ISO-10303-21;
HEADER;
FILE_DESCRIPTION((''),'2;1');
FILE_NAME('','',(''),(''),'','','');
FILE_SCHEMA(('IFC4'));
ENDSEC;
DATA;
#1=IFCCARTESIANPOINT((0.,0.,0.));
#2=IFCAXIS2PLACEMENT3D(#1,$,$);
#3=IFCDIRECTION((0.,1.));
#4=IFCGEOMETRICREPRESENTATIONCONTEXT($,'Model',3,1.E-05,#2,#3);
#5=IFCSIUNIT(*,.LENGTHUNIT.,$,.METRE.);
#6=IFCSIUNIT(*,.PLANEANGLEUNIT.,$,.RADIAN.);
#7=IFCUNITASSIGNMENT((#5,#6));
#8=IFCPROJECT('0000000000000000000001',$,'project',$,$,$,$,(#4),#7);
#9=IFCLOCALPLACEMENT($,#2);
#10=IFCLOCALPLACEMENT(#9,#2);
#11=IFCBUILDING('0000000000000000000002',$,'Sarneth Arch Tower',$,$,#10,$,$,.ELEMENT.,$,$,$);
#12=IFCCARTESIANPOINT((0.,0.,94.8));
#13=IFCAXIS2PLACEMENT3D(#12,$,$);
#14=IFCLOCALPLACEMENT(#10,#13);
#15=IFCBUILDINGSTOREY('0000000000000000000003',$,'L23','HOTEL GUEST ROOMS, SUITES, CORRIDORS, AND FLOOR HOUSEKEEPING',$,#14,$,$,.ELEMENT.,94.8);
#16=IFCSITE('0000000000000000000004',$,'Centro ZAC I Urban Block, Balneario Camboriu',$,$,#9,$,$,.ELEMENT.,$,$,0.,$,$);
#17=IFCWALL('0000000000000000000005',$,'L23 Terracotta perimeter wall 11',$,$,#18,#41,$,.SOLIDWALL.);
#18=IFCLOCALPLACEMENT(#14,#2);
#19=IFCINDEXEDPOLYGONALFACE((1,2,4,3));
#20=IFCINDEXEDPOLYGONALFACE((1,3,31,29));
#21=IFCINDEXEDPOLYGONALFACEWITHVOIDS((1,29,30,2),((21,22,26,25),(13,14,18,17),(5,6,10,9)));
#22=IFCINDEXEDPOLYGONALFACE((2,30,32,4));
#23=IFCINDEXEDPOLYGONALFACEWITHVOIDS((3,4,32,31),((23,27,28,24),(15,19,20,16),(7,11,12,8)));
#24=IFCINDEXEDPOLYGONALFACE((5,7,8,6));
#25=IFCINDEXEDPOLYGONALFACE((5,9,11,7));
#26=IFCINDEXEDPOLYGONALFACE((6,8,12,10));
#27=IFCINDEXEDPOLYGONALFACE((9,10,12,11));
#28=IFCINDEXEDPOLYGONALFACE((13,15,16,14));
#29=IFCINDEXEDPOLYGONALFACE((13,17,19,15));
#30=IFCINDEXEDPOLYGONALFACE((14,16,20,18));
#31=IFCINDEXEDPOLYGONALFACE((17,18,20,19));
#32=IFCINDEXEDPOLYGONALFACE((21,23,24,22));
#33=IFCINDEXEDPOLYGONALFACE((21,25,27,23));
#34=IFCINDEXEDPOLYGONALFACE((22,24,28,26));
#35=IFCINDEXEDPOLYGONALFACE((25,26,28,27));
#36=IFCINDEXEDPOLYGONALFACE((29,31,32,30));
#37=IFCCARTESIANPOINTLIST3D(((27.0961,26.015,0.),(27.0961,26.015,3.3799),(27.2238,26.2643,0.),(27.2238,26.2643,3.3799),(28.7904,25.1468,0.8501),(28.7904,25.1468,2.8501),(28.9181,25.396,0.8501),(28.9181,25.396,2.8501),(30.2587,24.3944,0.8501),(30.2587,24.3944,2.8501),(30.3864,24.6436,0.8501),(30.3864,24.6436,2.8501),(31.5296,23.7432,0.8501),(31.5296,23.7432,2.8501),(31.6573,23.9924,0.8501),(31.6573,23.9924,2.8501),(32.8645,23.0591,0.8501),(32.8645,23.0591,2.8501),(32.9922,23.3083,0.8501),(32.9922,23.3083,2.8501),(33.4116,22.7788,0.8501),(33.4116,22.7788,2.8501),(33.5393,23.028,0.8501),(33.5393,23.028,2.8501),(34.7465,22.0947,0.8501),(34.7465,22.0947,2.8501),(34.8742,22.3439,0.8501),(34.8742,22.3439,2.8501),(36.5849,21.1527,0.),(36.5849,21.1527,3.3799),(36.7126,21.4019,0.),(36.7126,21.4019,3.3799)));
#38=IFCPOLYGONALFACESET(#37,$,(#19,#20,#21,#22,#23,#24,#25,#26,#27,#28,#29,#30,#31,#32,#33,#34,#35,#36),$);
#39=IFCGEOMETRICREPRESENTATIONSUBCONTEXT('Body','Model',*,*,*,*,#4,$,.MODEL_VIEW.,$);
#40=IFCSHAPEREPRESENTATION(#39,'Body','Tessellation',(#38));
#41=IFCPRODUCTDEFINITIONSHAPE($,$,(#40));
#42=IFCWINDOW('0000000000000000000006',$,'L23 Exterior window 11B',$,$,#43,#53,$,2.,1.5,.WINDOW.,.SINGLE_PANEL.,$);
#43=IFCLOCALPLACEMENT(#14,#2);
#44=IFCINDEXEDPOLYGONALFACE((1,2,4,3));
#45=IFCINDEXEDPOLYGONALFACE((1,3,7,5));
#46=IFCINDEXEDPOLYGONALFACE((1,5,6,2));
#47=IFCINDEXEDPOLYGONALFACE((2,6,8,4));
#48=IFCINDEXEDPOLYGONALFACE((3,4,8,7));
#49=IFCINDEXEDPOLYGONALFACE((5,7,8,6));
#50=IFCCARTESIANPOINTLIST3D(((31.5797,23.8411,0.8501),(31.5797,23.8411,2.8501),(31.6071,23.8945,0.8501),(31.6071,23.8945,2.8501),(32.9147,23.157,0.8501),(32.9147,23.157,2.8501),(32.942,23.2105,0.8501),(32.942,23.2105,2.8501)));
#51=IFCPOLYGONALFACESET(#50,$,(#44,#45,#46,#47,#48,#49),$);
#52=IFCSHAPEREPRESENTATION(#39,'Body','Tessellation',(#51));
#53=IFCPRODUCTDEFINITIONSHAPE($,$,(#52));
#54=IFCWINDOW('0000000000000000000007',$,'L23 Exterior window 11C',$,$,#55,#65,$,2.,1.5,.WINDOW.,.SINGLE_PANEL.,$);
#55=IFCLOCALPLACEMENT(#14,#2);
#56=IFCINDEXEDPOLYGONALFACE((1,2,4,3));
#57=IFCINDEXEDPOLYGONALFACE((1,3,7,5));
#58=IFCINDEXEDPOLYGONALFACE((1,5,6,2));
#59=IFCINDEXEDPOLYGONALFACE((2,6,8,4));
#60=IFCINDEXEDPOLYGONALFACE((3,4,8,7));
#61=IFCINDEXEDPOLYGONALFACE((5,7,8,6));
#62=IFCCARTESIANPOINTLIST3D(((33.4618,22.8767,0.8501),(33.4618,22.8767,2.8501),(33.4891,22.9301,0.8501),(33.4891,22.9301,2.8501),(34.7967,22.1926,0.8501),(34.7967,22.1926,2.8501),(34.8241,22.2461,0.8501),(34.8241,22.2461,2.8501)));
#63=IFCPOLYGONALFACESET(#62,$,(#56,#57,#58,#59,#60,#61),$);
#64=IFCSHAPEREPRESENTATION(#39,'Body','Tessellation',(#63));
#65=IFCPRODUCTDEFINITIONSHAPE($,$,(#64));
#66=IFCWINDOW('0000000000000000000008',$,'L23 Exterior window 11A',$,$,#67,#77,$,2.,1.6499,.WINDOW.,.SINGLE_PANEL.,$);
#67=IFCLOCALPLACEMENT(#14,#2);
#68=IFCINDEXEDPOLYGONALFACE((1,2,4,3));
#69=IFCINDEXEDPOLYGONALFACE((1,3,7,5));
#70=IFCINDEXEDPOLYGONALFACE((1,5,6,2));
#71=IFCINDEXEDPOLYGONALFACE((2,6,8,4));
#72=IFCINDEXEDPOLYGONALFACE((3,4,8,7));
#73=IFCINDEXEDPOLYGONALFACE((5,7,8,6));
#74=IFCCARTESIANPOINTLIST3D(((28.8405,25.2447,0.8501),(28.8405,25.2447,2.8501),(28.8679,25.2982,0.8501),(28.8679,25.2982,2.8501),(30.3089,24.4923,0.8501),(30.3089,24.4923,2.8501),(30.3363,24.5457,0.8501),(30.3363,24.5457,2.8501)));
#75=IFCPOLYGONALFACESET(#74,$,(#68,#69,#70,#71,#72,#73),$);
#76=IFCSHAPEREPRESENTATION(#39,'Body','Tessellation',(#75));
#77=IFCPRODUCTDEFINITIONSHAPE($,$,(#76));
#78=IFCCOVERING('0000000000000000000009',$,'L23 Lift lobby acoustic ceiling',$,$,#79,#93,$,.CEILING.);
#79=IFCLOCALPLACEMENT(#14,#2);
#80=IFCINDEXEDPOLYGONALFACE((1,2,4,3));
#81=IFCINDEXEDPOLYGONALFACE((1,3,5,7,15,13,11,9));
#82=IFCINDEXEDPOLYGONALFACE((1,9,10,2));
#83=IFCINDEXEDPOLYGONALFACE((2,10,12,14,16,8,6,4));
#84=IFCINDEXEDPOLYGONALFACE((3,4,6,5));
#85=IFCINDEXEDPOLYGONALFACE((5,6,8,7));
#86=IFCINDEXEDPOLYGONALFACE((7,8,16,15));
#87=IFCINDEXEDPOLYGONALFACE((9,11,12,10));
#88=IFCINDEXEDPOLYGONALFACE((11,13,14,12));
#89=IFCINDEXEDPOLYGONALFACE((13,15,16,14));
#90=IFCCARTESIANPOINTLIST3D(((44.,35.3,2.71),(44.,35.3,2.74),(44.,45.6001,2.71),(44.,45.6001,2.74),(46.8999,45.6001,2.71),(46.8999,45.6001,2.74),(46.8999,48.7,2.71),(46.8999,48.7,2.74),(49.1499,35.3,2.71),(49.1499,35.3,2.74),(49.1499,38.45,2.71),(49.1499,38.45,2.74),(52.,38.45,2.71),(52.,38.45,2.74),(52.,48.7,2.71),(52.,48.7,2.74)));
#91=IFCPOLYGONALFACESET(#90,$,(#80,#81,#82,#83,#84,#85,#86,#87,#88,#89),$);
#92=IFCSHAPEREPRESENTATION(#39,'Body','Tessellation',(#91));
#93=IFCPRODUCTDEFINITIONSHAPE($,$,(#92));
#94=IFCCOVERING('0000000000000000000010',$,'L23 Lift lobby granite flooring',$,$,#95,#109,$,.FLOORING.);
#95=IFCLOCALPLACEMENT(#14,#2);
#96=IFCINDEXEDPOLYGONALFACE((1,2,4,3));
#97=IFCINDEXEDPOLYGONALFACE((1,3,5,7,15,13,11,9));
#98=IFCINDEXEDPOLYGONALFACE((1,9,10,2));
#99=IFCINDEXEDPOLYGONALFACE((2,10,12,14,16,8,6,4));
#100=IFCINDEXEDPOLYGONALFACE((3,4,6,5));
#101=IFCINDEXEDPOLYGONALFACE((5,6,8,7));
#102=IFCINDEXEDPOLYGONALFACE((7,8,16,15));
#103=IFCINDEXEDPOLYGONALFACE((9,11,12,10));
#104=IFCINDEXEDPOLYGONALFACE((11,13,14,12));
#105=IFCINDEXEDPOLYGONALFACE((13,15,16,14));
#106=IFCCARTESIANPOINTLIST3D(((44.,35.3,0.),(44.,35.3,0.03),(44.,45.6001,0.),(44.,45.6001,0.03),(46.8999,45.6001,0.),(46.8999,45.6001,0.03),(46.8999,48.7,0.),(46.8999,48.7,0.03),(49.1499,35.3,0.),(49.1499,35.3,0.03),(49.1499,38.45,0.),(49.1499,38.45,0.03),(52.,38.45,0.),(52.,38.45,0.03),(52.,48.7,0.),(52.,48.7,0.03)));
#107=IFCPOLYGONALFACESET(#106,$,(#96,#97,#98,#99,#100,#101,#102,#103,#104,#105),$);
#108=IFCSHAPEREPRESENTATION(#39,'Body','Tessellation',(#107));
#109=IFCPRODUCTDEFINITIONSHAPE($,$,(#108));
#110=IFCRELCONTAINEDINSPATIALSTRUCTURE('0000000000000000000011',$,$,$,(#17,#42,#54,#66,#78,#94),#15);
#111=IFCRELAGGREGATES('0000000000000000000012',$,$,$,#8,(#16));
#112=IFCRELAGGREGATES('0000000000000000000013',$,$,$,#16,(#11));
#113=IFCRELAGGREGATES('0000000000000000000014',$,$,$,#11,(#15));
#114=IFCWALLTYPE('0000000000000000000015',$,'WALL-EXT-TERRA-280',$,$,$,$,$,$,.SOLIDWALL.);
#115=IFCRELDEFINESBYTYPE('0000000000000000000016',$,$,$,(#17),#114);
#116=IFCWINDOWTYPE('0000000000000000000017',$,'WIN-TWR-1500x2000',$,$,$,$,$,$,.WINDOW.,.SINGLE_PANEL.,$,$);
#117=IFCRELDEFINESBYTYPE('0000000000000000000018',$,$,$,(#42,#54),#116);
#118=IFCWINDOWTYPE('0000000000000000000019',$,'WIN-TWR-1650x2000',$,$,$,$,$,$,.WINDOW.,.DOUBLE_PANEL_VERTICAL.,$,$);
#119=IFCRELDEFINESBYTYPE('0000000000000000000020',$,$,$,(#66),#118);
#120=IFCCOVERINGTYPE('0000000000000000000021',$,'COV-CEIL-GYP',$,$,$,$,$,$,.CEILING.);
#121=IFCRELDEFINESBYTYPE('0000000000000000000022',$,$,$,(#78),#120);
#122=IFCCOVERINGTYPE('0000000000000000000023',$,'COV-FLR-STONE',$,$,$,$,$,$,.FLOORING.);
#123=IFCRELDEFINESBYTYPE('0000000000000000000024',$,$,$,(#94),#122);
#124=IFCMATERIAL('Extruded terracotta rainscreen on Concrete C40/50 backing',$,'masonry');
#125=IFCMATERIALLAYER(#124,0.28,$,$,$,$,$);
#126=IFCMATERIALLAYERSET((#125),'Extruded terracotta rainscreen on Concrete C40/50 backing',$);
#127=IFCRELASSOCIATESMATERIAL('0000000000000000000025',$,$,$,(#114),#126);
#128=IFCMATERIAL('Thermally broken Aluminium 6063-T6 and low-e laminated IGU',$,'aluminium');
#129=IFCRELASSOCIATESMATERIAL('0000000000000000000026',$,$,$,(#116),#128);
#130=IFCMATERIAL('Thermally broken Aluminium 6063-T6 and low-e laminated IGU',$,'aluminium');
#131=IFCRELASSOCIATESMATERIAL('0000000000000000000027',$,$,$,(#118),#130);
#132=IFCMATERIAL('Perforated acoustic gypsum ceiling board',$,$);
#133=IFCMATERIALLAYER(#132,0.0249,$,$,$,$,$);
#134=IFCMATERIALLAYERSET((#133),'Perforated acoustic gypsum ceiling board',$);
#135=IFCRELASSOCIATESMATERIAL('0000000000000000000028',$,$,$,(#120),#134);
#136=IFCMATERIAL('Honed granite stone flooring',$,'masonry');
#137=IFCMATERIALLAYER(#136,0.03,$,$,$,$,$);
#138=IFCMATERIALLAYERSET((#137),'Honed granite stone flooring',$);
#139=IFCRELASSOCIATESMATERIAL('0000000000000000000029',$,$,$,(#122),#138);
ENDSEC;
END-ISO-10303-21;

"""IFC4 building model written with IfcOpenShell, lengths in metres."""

from ifc_helpers import new_model, si_unit, direction, frame, frame_2d, origin, place, context, subcontext, project, spatial, polyline, rectangle, outline, extrude, material, layer, layer_set, type_object, element, fill, save


model = new_model("IFC4")

# Units and contexts
model_context = context("Model", 3, precision=1e-05, world=origin(), true_north=direction((0.0, 1.0)))
body_context = subcontext(model_context, "Body", "Model", "MODEL_VIEW")
ifc_project = project(units=[si_unit("LENGTHUNIT", "METRE"), si_unit("PLANEANGLEUNIT", "RADIAN")], contexts=[model_context])

# Site, building, storey
site_placement = place(None, origin())
site = spatial("IfcSite", under=ifc_project, at=site_placement, Name="Centro ZAC I Urban Block, Balneario Camboriu", CompositionType="ELEMENT", RefElevation=0.0)
building_placement = place(site_placement, origin())
building = spatial("IfcBuilding", under=site, at=building_placement, Name="Sarneth Arch Tower", CompositionType="ELEMENT")
storey_placement = place(building_placement, frame((0.0, 0.0, 94.8)))
storey = spatial("IfcBuildingStorey", under=building, at=storey_placement, Name="L23", Description="HOTEL GUEST ROOMS, SUITES, CORRIDORS, AND FLOOR HOUSEKEEPING", CompositionType="ELEMENT", Elevation=94.8)

# Wall, openings, windows
ifc_material_1 = material(Name="Extruded terracotta rainscreen on Concrete C40/50 backing", Category="masonry")
ifc_layer_1 = layer(ifc_material_1, 0.28)
ifc_layer_set_1 = layer_set([ifc_layer_1], Name="Extruded terracotta rainscreen on Concrete C40/50 backing")
wall_type = type_object("IfcWallType", Name="WALL-EXT-TERRA-280", PredefinedType="SOLIDWALL", material=ifc_layer_set_1)
wall_placement = place(storey_placement, frame((27.1599, 26.1396, 0.0), z_axis=(0.0, 0.0, 1.0), x_axis=(0.88996, -0.45604, 0.0)))
wall = element("IfcWall", 1, at=wall_placement, inside=storey, type_object=wall_type, Name="L23 Terracotta perimeter wall 11", PredefinedType="SOLIDWALL", context=body_context, shape_type="SweptSolid", body=[
    extrude(rectangle(XDim=10.6621, YDim=0.28, at=frame_2d((5.3311, 0.0))), origin(), (0.0, 0.0, 1.0), 3.3799),
])
opening_1_placement = place(wall_placement, frame((1.9038, 0.0, 0.8501)))
opening_1 = element("IfcOpeningElement", 2, at=opening_1_placement, cuts=wall, PredefinedType="OPENING", context=body_context, shape_type="SweptSolid", body=[
    extrude(rectangle(XDim=1.6499, YDim=2.0, at=frame_2d((0.825, 1.0))), frame((0.0, 0.1499, 0.0), z_axis=(0.0, -1.0, 0.0), x_axis=(1.0, 0.0, 0.0)), (0.0, 0.0, 1.0), 0.3),
])
opening_2_placement = place(wall_placement, frame((4.9817, 0.0, 0.8501)))
opening_2 = element("IfcOpeningElement", 3, at=opening_2_placement, cuts=wall, PredefinedType="OPENING", context=body_context, shape_type="SweptSolid", body=[
    extrude(rectangle(XDim=1.5, YDim=2.0, at=frame_2d((0.75, 1.0))), frame((0.0, 0.1499, 0.0), z_axis=(0.0, -1.0, 0.0), x_axis=(1.0, 0.0, 0.0)), (0.0, 0.0, 1.0), 0.3),
])
opening_3_placement = place(wall_placement, frame((7.0964, 0.0, 0.8501)))
opening_3 = element("IfcOpeningElement", 4, at=opening_3_placement, cuts=wall, PredefinedType="OPENING", context=body_context, shape_type="SweptSolid", body=[
    extrude(rectangle(XDim=1.5, YDim=2.0, at=frame_2d((0.75, 1.0))), frame((0.0, 0.1499, 0.0), z_axis=(0.0, -1.0, 0.0), x_axis=(1.0, 0.0, 0.0)), (0.0, 0.0, 1.0), 0.3),
])
ifc_material_2 = material(Name="Thermally broken Aluminium 6063-T6 and low-e laminated IGU", Category="aluminium")
window_type_1 = type_object("IfcWindowType", Name="WIN-TWR-1500x2000", PartitioningType="SINGLE_PANEL", PredefinedType="WINDOW", material=ifc_material_2)
window_1_placement = place(opening_2_placement, origin())
window_1 = element("IfcWindow", 5, at=window_1_placement, inside=storey, type_object=window_type_1, Name="L23 Exterior window 11B", OverallHeight=2.0, OverallWidth=1.5, PartitioningType="SINGLE_PANEL", PredefinedType="WINDOW", context=body_context, shape_type="SweptSolid", body=[
    extrude(rectangle(XDim=1.5, YDim=2.0, at=frame_2d((0.75, 1.0))), frame((0.0, 0.03, 0.0), z_axis=(0.0, -1.0, 0.0), x_axis=(1.0, 0.0, 0.0)), (0.0, 0.0, 1.0), 0.0601),
])
fill(opening_2, window_1)
window_2_placement = place(opening_3_placement, origin())
window_2 = element("IfcWindow", 6, at=window_2_placement, inside=storey, type_object=window_type_1, Name="L23 Exterior window 11C", OverallHeight=2.0, OverallWidth=1.5, PartitioningType="SINGLE_PANEL", PredefinedType="WINDOW", context=body_context, shape_type="SweptSolid", body=[
    extrude(rectangle(XDim=1.5, YDim=2.0, at=frame_2d((0.75, 1.0))), frame((0.0, 0.03, 0.0), z_axis=(0.0, -1.0, 0.0), x_axis=(1.0, 0.0, 0.0)), (0.0, 0.0, 1.0), 0.0601),
])
fill(opening_3, window_2)
ifc_material_3 = material(Name="Thermally broken Aluminium 6063-T6 and low-e laminated IGU", Category="aluminium")
window_type_2 = type_object("IfcWindowType", Name="WIN-TWR-1650x2000", PartitioningType="DOUBLE_PANEL_VERTICAL", PredefinedType="WINDOW", material=ifc_material_3)
window_3_placement = place(opening_1_placement, origin())
window_3 = element("IfcWindow", 7, at=window_3_placement, inside=storey, type_object=window_type_2, Name="L23 Exterior window 11A", OverallHeight=2.0, OverallWidth=1.6499, PartitioningType="SINGLE_PANEL", PredefinedType="WINDOW", context=body_context, shape_type="SweptSolid", body=[
    extrude(rectangle(XDim=1.6499, YDim=2.0, at=frame_2d((0.825, 1.0))), frame((0.0, 0.03, 0.0), z_axis=(0.0, -1.0, 0.0), x_axis=(1.0, 0.0, 0.0)), (0.0, 0.0, 1.0), 0.0601),
])
fill(opening_1, window_3)

# Coverings
ifc_material_4 = material(Name="Perforated acoustic gypsum ceiling board")
ifc_layer_2 = layer(ifc_material_4, 0.0249)
ifc_layer_set_2 = layer_set([ifc_layer_2], Name="Perforated acoustic gypsum ceiling board")
covering_type_1 = type_object("IfcCoveringType", Name="COV-CEIL-GYP", PredefinedType="CEILING", material=ifc_layer_set_2)
covering_1_placement = place(storey_placement, frame((0.0, 0.0, 2.71)))
element("IfcCovering", 8, at=covering_1_placement, inside=storey, type_object=covering_type_1, Name="L23 Lift lobby acoustic ceiling", PredefinedType="CEILING", context=body_context, shape_type="SweptSolid", body=[
    extrude(outline(polyline([(49.1499, 38.45), (49.1499, 35.3), (44.0, 35.3), (44.0, 45.6001), (46.8999, 45.6001), (46.8999, 48.7), (52.0, 48.7), (52.0, 38.45), (49.1499, 38.45)])), origin(), (0.0, 0.0, 1.0), 0.03),
])
ifc_material_5 = material(Name="Honed granite stone flooring", Category="masonry")
ifc_layer_3 = layer(ifc_material_5, 0.03)
ifc_layer_set_3 = layer_set([ifc_layer_3], Name="Honed granite stone flooring")
covering_type_2 = type_object("IfcCoveringType", Name="COV-FLR-STONE", PredefinedType="FLOORING", material=ifc_layer_set_3)
covering_2_placement = place(storey_placement, origin())
element("IfcCovering", 9, at=covering_2_placement, inside=storey, type_object=covering_type_2, Name="L23 Lift lobby granite flooring", PredefinedType="FLOORING", context=body_context, shape_type="SweptSolid", body=[
    extrude(outline(polyline([(49.1499, 38.45), (49.1499, 35.3), (44.0, 35.3), (44.0, 45.6001), (46.8999, 45.6001), (46.8999, 48.7), (52.0, 48.7), (52.0, 38.45), (49.1499, 38.45)])), origin(), (0.0, 0.0, 1.0), 0.03),
])

save(model, "model.ifc")
